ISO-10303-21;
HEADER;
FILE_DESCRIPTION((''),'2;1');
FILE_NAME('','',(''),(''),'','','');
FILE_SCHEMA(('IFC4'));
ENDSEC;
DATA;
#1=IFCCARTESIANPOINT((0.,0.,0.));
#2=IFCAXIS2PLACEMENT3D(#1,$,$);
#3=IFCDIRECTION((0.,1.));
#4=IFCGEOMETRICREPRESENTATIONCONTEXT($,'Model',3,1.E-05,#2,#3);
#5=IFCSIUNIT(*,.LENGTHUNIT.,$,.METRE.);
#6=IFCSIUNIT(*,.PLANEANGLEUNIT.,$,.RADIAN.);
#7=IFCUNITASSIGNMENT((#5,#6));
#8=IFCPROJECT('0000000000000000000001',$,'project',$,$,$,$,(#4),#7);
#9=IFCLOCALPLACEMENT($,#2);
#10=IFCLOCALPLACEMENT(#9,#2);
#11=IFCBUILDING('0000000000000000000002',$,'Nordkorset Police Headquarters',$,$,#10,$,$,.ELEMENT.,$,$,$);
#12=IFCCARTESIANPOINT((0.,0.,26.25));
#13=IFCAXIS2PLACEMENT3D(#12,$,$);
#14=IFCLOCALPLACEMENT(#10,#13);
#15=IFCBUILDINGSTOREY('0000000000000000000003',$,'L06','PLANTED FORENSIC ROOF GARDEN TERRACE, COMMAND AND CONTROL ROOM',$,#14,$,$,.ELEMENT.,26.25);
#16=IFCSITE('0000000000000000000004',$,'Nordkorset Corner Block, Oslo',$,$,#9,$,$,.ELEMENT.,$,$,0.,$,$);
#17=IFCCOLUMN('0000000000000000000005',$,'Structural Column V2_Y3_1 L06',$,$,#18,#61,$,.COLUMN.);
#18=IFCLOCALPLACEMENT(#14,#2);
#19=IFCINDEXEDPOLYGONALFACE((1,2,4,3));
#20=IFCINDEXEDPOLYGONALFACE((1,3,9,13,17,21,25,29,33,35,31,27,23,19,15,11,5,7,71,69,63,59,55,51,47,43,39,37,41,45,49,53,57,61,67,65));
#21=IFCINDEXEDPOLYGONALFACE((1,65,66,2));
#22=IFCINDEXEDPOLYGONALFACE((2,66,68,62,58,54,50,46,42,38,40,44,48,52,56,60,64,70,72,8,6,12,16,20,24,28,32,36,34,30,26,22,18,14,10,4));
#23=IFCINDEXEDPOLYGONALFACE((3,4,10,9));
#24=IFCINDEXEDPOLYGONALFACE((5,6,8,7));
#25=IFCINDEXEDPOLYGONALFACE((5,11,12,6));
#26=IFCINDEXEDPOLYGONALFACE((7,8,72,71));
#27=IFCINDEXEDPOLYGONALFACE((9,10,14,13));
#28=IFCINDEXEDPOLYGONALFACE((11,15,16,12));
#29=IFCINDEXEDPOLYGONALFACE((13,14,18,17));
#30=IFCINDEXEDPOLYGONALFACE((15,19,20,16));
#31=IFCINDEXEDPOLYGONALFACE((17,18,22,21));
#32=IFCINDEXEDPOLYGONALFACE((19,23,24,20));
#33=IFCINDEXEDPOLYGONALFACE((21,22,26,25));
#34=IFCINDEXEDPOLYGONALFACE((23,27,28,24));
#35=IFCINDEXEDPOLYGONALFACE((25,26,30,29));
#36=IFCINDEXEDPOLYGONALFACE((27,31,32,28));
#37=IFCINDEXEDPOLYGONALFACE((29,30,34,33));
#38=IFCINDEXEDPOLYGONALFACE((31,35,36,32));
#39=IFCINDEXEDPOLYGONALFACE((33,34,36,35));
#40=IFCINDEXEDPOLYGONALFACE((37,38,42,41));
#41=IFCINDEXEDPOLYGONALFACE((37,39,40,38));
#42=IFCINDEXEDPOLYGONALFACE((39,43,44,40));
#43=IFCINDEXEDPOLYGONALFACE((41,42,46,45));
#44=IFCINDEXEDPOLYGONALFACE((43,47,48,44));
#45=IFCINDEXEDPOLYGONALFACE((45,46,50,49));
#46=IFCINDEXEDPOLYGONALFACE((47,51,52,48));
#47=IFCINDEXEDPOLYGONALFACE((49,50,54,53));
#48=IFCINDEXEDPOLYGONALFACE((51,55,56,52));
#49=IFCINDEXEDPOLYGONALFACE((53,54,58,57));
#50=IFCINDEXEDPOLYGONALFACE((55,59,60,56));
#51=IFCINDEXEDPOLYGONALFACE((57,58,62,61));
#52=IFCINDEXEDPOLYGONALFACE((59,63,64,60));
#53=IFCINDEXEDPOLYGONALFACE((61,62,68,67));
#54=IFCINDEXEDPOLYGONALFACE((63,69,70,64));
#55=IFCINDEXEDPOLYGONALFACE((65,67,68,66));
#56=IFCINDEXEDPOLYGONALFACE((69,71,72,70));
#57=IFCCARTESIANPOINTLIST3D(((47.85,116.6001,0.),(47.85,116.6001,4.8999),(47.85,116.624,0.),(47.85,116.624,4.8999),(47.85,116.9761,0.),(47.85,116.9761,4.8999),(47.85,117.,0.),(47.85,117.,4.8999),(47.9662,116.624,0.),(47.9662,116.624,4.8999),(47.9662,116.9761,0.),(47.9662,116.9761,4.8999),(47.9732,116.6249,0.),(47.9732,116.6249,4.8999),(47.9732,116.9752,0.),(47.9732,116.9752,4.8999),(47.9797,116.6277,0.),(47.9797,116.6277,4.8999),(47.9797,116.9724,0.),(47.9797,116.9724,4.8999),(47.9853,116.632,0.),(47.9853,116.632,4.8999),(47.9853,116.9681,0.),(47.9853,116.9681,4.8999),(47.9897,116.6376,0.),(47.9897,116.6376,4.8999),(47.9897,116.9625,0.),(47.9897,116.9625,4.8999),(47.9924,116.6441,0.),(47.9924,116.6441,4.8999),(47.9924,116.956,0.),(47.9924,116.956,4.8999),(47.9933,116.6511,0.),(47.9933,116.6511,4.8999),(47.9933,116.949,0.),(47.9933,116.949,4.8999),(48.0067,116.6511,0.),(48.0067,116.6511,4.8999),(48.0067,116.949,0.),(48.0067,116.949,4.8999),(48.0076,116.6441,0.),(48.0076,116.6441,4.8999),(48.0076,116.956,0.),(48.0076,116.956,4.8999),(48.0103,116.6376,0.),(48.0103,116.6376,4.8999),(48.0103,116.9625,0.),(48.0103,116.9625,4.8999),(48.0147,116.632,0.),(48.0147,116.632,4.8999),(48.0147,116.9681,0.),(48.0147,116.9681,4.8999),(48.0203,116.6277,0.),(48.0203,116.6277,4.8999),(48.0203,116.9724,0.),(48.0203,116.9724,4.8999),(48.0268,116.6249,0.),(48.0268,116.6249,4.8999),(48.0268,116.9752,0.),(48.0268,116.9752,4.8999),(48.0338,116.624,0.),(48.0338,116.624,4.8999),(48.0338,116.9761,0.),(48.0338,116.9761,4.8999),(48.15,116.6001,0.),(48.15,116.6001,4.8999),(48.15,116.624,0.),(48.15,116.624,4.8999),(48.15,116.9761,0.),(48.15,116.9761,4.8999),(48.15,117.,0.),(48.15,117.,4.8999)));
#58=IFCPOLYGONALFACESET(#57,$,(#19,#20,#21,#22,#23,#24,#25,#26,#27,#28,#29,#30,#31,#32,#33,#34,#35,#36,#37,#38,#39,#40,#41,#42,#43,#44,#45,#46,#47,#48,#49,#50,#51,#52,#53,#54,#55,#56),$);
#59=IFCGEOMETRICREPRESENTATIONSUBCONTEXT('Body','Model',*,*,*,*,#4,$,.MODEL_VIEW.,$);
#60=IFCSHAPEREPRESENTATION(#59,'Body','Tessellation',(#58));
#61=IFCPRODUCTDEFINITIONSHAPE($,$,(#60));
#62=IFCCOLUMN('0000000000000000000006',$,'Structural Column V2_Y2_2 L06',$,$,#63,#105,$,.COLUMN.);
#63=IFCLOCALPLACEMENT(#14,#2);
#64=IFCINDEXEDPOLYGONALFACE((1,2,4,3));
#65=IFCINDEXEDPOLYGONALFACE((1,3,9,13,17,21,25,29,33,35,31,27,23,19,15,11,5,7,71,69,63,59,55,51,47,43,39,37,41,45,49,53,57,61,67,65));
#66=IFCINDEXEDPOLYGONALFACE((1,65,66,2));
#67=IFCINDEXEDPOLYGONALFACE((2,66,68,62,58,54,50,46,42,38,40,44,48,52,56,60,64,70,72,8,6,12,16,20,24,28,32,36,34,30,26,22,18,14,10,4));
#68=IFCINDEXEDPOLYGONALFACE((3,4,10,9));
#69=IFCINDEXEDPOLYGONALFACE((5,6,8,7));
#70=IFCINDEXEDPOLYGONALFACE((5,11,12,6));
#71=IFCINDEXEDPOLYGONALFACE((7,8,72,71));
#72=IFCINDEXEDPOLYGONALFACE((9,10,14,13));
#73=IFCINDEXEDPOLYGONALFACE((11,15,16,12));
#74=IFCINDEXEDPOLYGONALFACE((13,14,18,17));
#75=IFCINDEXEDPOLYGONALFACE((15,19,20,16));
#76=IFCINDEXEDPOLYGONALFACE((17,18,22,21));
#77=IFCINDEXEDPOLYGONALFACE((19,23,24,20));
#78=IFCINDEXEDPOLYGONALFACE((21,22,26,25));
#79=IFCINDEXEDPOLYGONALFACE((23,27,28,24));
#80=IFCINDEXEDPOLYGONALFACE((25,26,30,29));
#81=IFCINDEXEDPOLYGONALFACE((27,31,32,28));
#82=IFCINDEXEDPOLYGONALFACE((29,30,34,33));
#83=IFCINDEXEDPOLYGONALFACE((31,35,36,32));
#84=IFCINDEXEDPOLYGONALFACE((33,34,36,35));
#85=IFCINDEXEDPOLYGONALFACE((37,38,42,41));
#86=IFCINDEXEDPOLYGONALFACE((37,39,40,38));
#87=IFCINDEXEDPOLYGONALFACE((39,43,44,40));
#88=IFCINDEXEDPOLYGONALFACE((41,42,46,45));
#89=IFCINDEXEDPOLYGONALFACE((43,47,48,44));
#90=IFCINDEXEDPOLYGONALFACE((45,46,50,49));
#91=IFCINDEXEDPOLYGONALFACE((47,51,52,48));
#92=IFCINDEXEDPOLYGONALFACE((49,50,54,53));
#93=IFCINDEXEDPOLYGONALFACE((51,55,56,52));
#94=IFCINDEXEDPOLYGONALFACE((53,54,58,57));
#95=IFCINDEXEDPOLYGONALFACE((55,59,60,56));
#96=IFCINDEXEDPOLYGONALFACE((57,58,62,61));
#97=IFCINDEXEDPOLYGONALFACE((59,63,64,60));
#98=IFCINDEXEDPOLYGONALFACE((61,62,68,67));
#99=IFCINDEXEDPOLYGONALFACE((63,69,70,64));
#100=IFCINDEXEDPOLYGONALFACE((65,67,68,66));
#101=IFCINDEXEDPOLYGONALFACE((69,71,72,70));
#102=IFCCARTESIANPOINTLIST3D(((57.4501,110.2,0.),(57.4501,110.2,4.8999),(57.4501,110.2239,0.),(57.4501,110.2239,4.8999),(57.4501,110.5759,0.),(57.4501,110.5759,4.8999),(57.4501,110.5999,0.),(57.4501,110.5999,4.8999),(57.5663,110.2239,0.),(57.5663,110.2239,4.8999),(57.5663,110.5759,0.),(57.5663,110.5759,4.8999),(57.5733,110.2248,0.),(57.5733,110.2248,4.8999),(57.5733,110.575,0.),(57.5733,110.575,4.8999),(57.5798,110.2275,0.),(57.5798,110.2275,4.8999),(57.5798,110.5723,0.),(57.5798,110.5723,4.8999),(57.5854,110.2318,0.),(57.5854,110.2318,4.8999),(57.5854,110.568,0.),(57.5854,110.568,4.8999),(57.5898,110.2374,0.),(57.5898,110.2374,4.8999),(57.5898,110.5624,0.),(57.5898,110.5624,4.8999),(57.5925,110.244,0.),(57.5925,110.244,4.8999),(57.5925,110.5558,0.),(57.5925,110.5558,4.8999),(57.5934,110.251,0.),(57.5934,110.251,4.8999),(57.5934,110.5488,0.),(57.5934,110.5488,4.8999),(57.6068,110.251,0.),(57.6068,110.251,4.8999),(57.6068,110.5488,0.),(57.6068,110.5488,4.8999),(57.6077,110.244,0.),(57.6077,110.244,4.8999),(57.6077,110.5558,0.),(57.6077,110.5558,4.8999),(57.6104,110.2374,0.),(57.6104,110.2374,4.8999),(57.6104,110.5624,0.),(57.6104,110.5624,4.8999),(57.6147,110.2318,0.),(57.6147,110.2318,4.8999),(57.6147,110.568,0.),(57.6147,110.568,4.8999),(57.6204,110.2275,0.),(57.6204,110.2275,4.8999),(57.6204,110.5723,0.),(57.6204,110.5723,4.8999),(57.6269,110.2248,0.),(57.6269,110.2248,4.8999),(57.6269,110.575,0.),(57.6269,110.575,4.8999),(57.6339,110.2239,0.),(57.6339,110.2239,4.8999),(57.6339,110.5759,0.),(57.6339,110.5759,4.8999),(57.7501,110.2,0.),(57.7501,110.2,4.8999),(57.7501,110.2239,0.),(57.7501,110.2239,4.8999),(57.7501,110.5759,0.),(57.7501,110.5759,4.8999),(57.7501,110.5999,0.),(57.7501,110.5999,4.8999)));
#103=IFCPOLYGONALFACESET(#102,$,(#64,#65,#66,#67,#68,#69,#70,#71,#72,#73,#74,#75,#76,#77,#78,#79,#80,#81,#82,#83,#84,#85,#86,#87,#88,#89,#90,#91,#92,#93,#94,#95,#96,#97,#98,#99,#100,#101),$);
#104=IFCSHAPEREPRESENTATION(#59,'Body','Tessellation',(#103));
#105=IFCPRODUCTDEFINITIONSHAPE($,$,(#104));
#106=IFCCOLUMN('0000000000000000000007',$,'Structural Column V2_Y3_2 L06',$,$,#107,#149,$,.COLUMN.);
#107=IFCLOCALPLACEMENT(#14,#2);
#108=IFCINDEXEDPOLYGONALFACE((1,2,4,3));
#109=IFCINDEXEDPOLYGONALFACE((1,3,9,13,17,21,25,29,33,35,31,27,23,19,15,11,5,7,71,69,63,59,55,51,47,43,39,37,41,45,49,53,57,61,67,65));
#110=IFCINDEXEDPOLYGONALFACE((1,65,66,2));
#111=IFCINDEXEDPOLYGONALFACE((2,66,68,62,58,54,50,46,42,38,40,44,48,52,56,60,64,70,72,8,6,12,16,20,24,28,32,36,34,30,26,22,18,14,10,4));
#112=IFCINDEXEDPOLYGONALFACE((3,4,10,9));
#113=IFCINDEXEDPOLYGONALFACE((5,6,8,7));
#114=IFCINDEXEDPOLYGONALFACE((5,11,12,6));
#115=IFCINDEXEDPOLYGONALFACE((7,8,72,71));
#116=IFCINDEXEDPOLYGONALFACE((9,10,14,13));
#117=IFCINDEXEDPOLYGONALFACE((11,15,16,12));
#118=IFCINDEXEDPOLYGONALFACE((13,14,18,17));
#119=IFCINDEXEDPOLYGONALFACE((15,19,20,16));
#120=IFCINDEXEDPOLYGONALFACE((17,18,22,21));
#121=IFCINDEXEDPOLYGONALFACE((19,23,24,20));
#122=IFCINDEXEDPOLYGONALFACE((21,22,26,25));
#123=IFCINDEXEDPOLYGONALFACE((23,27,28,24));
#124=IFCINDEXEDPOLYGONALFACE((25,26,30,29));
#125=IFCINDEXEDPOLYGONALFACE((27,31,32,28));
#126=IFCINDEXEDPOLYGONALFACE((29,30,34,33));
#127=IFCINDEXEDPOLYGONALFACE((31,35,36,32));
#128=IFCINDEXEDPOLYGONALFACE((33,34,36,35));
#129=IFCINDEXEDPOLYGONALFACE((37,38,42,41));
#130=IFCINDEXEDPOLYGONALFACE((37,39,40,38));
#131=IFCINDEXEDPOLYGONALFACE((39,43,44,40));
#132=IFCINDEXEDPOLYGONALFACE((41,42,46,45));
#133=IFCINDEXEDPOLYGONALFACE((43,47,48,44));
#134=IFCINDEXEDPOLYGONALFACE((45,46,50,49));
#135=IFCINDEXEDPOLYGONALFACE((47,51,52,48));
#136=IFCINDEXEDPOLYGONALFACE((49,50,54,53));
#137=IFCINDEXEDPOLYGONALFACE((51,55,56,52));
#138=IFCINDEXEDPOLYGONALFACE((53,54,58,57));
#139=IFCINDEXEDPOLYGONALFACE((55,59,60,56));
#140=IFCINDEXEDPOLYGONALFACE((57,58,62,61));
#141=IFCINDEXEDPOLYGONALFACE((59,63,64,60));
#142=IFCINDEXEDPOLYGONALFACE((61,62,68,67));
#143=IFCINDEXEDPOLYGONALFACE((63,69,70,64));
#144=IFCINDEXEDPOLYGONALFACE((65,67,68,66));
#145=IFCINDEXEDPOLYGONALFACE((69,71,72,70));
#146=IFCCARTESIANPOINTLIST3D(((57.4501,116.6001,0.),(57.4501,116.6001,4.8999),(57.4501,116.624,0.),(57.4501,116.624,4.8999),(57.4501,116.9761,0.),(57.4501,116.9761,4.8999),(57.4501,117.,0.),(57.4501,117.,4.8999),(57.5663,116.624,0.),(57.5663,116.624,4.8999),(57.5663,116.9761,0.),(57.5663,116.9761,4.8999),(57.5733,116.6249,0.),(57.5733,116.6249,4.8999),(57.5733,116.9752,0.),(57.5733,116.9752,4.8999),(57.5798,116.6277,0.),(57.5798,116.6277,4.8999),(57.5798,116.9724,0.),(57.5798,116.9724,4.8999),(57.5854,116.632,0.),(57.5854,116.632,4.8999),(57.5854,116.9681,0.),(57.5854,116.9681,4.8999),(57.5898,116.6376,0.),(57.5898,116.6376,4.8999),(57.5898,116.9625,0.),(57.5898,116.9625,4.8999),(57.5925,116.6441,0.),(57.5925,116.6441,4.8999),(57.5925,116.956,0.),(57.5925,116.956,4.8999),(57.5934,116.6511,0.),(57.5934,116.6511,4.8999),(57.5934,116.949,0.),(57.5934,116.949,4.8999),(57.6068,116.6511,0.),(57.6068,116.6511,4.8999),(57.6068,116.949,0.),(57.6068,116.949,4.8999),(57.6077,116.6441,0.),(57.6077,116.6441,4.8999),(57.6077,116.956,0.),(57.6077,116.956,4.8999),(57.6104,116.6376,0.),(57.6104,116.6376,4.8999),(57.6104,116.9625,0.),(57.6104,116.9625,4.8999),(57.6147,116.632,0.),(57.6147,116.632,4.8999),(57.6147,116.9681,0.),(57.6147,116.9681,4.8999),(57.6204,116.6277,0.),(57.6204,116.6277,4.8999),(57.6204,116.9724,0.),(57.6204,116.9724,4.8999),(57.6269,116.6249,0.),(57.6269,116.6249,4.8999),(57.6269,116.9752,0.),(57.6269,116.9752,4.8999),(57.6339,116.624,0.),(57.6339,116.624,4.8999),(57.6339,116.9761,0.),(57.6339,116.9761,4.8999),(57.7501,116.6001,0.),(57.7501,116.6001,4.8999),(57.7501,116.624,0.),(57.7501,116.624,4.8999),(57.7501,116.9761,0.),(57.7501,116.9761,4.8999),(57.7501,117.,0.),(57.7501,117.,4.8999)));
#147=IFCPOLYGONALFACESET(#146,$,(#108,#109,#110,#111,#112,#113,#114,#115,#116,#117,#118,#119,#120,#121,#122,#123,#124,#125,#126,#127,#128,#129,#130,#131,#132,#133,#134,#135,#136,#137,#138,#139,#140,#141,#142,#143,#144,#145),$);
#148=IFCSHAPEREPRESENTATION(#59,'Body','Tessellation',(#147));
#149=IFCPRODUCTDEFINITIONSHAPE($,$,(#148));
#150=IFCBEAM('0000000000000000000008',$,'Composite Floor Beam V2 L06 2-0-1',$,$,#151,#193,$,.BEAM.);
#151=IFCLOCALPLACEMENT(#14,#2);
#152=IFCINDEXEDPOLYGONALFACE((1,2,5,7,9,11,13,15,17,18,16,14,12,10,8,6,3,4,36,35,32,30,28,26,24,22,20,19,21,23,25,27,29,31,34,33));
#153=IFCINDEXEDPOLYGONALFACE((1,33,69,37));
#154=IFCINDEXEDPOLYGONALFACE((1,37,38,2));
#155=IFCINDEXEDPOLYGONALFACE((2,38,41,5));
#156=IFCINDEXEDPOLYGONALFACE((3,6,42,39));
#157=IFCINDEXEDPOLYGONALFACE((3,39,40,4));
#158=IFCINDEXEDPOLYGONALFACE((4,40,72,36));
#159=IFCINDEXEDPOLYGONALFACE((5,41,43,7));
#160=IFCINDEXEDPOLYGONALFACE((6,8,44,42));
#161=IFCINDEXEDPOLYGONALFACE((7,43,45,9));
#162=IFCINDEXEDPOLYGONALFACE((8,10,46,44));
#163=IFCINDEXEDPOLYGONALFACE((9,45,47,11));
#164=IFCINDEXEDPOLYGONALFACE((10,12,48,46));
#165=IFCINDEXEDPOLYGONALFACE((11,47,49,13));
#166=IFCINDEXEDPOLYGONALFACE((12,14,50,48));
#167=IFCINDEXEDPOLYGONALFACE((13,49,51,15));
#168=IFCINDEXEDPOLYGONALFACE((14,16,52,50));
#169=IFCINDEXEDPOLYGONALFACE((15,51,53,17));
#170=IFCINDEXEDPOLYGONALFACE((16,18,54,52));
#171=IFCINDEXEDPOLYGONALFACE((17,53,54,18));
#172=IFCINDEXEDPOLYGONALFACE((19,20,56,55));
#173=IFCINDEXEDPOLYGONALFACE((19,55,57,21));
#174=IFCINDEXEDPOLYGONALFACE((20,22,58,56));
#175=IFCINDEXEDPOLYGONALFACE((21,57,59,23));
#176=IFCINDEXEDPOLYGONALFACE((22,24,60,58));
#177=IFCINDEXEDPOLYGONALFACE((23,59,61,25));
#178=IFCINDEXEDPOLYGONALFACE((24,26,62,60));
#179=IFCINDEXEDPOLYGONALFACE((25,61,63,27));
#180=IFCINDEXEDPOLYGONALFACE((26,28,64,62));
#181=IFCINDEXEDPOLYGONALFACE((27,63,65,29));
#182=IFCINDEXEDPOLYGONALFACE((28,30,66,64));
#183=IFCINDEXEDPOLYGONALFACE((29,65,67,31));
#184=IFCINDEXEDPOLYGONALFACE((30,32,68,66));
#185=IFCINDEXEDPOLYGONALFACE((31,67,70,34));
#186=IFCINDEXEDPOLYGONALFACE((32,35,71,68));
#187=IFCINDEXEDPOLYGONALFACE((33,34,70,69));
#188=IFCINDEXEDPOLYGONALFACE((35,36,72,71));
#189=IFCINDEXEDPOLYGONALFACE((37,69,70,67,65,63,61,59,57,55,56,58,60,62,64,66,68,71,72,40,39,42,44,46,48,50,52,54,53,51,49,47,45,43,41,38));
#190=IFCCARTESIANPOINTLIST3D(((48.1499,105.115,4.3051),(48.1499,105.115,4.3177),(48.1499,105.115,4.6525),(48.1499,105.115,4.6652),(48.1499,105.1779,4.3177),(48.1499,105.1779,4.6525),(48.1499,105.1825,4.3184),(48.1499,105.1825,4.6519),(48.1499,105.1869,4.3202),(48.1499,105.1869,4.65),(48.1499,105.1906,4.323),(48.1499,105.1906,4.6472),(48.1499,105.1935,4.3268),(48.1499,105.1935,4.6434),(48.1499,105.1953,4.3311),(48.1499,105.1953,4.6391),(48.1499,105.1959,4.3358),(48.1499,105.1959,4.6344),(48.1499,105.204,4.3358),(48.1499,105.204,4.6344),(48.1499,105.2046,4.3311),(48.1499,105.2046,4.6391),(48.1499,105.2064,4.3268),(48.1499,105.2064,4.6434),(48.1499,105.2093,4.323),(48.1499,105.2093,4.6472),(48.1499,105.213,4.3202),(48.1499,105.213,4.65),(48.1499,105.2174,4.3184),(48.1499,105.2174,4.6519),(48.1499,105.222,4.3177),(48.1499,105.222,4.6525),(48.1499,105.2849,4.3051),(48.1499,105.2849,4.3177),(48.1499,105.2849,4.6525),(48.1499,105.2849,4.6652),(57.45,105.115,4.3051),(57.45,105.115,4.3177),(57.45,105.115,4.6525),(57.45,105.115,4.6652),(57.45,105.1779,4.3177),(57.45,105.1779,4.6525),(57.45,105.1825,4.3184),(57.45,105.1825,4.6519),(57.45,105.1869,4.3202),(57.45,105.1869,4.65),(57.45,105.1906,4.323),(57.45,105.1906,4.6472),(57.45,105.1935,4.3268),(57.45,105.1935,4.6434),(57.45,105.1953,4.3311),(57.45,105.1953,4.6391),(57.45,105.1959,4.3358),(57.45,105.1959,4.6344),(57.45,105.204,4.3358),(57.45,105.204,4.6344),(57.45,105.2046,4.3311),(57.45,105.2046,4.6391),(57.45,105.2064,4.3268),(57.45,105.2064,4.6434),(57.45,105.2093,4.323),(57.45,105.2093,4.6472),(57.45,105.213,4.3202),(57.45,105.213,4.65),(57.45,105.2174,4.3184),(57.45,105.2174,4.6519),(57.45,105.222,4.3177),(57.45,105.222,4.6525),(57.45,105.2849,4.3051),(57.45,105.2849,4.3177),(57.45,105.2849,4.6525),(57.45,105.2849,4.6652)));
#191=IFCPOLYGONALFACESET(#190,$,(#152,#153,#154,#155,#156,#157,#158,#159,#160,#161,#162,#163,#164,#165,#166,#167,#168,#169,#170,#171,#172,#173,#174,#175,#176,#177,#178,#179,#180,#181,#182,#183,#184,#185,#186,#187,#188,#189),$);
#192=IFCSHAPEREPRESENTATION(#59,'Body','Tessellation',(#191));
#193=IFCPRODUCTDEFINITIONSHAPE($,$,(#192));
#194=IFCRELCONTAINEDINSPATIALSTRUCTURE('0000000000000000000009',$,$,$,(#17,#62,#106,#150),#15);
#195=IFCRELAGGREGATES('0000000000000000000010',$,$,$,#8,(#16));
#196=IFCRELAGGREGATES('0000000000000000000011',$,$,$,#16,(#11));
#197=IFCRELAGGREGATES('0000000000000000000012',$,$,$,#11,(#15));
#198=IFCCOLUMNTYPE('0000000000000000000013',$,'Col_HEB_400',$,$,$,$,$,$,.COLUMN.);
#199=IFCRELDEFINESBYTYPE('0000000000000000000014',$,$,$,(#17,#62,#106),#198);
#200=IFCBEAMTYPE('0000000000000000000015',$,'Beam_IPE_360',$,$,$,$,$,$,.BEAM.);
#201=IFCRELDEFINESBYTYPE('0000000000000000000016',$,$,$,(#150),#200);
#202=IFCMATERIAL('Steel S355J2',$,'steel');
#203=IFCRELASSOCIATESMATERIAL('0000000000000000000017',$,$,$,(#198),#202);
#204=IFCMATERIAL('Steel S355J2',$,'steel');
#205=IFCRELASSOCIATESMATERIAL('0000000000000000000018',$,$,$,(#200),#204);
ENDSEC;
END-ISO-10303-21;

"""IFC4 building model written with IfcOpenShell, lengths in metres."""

from ifc_helpers import new_model, si_unit, direction, frame, origin, origin_2d, place, context, subcontext, project, spatial, i_section, extrude, material, material_profile, profile_set, type_object, element, save


model = new_model("IFC4")

# Units and contexts
model_context = context("Model", 3, precision=1e-05, world=origin(), true_north=direction((0.0, 1.0)))
body_context = subcontext(model_context, "Body", "Model", "MODEL_VIEW")
ifc_project = project(units=[si_unit("LENGTHUNIT", "METRE"), si_unit("PLANEANGLEUNIT", "RADIAN")], contexts=[model_context])

# Site, building, storey
site_placement = place(None, origin())
site = spatial("IfcSite", under=ifc_project, at=site_placement, Name="Nordkorset Corner Block, Oslo", CompositionType="ELEMENT", RefElevation=0.0)
building_placement = place(site_placement, origin())
building = spatial("IfcBuilding", under=site, at=building_placement, Name="Nordkorset Police Headquarters", CompositionType="ELEMENT")
storey_placement = place(building_placement, frame((0.0, 0.0, 26.25)))
storey = spatial("IfcBuildingStorey", under=building, at=storey_placement, Name="L06", Description="PLANTED FORENSIC ROOF GARDEN TERRACE, COMMAND AND CONTROL ROOM", CompositionType="ELEMENT", Elevation=26.25)

# Columns
ifc_material_1 = material(Name="Steel S355J2", Category="steel")
ifc_material_profile_1 = material_profile(ifc_material_1, i_section(OverallWidth=0.3, OverallDepth=0.3999, WebThickness=0.0134, FlangeThickness=0.0239, FilletRadius=0.0271, at=origin_2d()), Name="HEB 400")
ifc_profile_set_1 = profile_set([ifc_material_profile_1], Name="Steel S355J2")
column_type = type_object("IfcColumnType", Name="Col_HEB_400", PredefinedType="COLUMN", material=ifc_profile_set_1)
for number, where, z_axis, x_axis, name in (
    (1, (48.0, 116.8, 0.0), (0.0, 0.0, 1.0), (1.0, 0.0, 0.0), "Structural Column V2_Y3_1 L06"),
    (2, (57.6001, 110.3999, 0.0), (0.0, 0.0, 1.0), (1.0, 0.0, 0.0), "Structural Column V2_Y2_2 L06"),
    (3, (57.6001, 116.8, 0.0), (0.0, 0.0, 1.0), (1.0, 0.0, 0.0), "Structural Column V2_Y3_2 L06"),
):
    element("IfcColumn", number, at=place(storey_placement, frame(where, z_axis=z_axis, x_axis=x_axis)), inside=storey, type_object=column_type, Name=name, PredefinedType="COLUMN", context=body_context, shape_type="SweptSolid", body=[
        extrude(i_section(OverallWidth=0.3, OverallDepth=0.3999, WebThickness=0.0134, FlangeThickness=0.0239, FilletRadius=0.0271, at=origin_2d()), origin(), (0.0, 0.0, 1.0), 4.8999),
    ])

# Beam
ifc_material_2 = material(Name="Steel S355J2", Category="steel")
ifc_material_profile_2 = material_profile(ifc_material_2, i_section(OverallWidth=0.1699, OverallDepth=0.3601, WebThickness=0.0081, FlangeThickness=0.0127, FilletRadius=0.0181, at=origin_2d()), Name="IPE 360")
ifc_profile_set_2 = profile_set([ifc_material_profile_2], Name="Steel S355J2")
beam_type_1 = type_object("IfcBeamType", Name="Beam_IPE_360", PredefinedType="BEAM", material=ifc_profile_set_2)
for number, where, z_axis, x_axis, name in (
    (4, (48.1499, 105.2, 4.4851), (1.0, 0.0, 0.0), (0.0, 1.0, 0.0), "Composite Floor Beam V2 L06 2-0-1"),
):
    element("IfcBeam", number, at=place(storey_placement, frame(where, z_axis=z_axis, x_axis=x_axis)), inside=storey, type_object=beam_type_1, Name=name, PredefinedType="BEAM", context=body_context, shape_type="SweptSolid", body=[
        extrude(i_section(OverallWidth=0.1699, OverallDepth=0.3601, WebThickness=0.0081, FlangeThickness=0.0127, FilletRadius=0.0181, at=origin_2d()), origin(), (0.0, 0.0, 1.0), 9.3),
    ])

save(model, "model.ifc")
